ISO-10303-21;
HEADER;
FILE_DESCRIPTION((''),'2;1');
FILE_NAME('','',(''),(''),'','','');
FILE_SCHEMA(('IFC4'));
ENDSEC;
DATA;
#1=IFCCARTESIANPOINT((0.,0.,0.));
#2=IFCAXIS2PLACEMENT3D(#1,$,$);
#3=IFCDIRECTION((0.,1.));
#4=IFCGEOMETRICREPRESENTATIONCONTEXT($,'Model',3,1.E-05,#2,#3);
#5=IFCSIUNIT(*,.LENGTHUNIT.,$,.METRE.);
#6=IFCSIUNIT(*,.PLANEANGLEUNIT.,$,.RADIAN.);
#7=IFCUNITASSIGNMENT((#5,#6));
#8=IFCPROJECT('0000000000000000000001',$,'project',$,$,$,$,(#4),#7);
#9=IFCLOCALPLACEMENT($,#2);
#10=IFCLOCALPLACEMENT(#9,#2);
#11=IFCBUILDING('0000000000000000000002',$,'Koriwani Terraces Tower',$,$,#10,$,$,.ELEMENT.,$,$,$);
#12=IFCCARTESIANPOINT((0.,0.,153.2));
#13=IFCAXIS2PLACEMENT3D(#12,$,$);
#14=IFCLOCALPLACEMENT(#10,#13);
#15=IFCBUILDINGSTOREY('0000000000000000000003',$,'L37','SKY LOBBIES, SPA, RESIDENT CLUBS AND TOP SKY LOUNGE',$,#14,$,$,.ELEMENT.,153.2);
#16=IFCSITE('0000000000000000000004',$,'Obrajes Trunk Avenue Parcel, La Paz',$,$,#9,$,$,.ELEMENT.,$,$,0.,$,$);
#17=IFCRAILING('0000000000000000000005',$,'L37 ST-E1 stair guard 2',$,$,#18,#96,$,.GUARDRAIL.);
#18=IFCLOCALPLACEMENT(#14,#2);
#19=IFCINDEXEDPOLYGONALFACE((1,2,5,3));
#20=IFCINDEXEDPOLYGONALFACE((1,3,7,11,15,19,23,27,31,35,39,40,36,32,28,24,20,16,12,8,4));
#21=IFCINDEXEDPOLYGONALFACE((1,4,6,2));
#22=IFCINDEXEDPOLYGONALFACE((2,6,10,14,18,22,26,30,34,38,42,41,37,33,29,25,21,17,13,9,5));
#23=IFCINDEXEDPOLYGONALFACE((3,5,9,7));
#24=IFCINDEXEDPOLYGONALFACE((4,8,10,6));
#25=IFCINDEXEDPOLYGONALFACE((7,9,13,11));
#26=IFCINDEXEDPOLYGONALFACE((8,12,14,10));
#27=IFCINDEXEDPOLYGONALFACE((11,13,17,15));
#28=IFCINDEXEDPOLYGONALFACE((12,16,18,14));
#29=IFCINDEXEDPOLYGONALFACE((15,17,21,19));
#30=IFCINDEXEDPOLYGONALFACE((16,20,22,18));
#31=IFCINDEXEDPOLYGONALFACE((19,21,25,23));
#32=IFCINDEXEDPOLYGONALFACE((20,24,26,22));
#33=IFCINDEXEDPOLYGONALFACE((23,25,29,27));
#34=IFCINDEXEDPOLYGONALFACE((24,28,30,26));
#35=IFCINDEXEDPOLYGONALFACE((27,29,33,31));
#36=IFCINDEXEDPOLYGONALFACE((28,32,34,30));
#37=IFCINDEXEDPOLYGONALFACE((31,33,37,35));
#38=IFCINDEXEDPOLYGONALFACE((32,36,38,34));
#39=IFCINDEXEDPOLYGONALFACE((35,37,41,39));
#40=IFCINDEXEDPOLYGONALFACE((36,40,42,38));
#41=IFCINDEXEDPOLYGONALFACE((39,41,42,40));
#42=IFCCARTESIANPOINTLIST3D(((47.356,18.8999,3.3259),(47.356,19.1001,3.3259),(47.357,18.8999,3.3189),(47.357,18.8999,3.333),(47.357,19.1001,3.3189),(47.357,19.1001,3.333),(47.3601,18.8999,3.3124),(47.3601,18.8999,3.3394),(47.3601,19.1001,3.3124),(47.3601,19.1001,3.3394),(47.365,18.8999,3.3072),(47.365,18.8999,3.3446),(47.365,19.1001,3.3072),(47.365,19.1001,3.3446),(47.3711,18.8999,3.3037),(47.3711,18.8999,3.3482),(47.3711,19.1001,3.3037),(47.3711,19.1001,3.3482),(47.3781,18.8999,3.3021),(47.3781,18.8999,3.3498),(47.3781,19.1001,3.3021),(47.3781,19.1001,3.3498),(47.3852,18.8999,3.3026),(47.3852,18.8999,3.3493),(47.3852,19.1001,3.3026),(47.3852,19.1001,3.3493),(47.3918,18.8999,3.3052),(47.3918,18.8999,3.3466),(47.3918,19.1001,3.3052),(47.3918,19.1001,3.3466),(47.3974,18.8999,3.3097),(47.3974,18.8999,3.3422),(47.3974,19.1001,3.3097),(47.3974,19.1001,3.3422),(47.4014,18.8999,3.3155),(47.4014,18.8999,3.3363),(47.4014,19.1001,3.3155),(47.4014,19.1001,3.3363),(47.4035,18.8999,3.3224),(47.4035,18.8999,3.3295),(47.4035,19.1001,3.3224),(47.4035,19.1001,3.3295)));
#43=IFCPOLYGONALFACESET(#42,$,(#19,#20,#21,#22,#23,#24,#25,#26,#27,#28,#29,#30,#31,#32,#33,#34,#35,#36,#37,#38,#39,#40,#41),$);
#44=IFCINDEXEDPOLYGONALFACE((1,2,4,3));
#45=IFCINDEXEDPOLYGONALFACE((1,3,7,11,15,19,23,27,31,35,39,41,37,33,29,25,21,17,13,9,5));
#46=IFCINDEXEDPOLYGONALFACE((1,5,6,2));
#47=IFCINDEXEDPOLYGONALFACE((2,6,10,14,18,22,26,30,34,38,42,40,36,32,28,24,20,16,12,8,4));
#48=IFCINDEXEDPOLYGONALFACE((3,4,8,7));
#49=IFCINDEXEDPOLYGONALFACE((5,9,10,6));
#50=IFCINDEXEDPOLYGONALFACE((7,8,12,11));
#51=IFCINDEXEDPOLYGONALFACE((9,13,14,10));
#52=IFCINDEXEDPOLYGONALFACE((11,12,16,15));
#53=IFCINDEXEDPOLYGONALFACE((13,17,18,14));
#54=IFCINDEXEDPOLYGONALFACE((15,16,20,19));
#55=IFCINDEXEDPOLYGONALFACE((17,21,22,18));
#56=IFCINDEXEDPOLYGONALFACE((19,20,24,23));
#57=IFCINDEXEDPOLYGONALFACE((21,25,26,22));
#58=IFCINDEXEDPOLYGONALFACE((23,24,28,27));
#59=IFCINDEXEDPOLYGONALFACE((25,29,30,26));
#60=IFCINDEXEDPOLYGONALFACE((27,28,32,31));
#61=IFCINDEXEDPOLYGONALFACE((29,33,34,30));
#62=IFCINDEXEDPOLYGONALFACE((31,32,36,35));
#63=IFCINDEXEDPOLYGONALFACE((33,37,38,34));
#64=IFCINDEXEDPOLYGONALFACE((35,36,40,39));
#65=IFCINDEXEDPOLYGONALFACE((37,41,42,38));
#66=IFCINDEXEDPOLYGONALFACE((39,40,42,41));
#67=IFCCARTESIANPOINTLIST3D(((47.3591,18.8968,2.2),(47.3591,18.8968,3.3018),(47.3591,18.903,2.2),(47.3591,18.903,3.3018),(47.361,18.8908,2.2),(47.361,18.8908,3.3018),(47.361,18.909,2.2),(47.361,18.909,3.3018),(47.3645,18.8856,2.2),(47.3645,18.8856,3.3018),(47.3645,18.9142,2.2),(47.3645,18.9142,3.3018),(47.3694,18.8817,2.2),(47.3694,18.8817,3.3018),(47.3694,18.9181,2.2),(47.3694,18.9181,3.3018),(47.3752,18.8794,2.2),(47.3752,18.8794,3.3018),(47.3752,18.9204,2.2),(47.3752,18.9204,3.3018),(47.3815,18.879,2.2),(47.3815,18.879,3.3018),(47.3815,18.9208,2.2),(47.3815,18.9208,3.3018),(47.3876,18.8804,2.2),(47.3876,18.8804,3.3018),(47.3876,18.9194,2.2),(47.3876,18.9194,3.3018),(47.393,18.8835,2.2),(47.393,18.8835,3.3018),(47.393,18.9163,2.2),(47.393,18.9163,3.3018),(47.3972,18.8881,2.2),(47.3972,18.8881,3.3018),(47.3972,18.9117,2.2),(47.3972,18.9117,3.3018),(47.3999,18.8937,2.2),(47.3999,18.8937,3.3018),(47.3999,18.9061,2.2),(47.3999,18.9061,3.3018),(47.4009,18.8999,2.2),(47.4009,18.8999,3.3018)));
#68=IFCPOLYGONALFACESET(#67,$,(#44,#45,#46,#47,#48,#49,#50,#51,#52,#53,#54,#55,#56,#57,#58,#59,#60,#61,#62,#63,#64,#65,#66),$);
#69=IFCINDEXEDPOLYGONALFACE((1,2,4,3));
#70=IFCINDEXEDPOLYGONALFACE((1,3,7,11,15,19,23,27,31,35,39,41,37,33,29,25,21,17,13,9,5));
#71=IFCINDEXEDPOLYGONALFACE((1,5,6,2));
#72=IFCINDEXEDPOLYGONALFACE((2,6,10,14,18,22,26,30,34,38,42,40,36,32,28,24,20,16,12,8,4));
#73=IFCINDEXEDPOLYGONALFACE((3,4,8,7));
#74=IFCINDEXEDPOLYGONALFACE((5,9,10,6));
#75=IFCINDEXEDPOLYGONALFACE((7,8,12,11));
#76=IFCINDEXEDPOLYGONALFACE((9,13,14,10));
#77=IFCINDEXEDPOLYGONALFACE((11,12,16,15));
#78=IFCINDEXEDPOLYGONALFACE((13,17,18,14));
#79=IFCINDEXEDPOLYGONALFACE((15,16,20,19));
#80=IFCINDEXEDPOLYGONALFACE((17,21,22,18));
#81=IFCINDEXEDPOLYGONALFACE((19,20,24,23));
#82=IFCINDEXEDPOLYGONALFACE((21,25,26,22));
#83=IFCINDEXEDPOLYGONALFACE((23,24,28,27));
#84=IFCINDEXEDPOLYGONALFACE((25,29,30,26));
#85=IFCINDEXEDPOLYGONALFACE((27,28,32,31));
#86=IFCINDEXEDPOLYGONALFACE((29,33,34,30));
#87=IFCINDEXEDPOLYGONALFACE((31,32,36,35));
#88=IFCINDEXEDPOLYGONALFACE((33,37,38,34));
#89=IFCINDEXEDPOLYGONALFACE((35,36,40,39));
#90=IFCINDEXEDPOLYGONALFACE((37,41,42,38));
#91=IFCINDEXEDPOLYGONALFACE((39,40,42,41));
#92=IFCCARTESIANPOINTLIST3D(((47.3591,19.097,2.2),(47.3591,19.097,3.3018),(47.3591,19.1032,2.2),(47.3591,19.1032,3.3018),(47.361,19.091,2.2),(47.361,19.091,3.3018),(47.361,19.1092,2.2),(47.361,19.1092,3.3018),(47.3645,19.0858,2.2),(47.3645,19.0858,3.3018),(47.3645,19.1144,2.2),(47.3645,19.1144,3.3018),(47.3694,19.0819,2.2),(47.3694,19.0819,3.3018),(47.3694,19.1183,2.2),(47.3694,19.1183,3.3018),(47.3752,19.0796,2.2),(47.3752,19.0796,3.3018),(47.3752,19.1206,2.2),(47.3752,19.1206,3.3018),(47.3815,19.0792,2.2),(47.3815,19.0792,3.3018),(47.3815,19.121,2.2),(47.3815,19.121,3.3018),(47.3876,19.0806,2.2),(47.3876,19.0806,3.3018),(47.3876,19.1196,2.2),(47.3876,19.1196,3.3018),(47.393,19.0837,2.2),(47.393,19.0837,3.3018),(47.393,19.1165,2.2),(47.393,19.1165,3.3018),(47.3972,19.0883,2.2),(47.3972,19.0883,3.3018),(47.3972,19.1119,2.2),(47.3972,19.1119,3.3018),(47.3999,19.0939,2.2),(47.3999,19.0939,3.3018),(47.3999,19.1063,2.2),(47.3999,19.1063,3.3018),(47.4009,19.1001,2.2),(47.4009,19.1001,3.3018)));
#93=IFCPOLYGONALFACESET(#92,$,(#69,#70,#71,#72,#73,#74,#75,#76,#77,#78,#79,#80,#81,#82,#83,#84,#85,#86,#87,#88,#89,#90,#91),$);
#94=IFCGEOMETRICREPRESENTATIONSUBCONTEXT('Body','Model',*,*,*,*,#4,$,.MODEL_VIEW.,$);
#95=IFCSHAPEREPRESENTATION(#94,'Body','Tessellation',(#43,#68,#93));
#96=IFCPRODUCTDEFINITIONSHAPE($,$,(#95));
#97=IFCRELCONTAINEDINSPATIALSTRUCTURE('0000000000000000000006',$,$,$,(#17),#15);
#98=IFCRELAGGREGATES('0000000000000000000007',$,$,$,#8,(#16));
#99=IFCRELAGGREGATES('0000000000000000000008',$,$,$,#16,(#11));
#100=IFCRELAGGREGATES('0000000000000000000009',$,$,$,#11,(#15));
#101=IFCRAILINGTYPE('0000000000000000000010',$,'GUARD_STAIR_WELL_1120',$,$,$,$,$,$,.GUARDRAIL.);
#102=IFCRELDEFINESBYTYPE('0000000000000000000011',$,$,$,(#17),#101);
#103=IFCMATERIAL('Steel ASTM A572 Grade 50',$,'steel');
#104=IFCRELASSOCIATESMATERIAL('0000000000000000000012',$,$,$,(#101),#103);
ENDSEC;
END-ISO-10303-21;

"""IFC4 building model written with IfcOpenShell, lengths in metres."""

from ifc_helpers import new_model, si_unit, direction, frame, origin, origin_2d, place, context, subcontext, project, spatial, circle, extrude, material, type_object, element, save


model = new_model("IFC4")

# Units and contexts
model_context = context("Model", 3, precision=1e-05, world=origin(), true_north=direction((0.0, 1.0)))
body_context = subcontext(model_context, "Body", "Model", "MODEL_VIEW")
ifc_project = project(units=[si_unit("LENGTHUNIT", "METRE"), si_unit("PLANEANGLEUNIT", "RADIAN")], contexts=[model_context])

# Site, building, storey
site_placement = place(None, origin())
site = spatial("IfcSite", under=ifc_project, at=site_placement, Name="Obrajes Trunk Avenue Parcel, La Paz", CompositionType="ELEMENT", RefElevation=0.0)
building_placement = place(site_placement, origin())
building = spatial("IfcBuilding", under=site, at=building_placement, Name="Koriwani Terraces Tower", CompositionType="ELEMENT")
storey_placement = place(building_placement, frame((0.0, 0.0, 153.2)))
storey = spatial("IfcBuildingStorey", under=building, at=storey_placement, Name="L37", Description="SKY LOBBIES, SPA, RESIDENT CLUBS AND TOP SKY LOUNGE", CompositionType="ELEMENT", Elevation=153.2)

# Shared definitions
ifc_material_1 = material(Name="Steel ASTM A572 Grade 50", Category="steel")

# Railing
railing_type_1 = type_object("IfcRailingType", Name="GUARD_STAIR_WELL_1120", PredefinedType="GUARDRAIL", material=ifc_material_1)
railing_1_placement = place(storey_placement, frame((47.3799, 18.8999, 2.2)))
element("IfcRailing", 1, at=railing_1_placement, inside=storey, type_object=railing_type_1, Name="L37 ST-E1 stair guard 2", PredefinedType="GUARDRAIL", context=body_context, shape_type="SweptSolid", body=[
    extrude(circle(Radius=0.0239, at=origin_2d()), frame((0.0, 0.0, 1.126), z_axis=(0.0, 1.0, 0.0), x_axis=(-1.0, 0.0, 0.0)), (0.0, 0.0, 1.0), 0.2002),
    extrude(circle(Radius=0.021, at=origin_2d()), origin(), (0.0, 0.0, 1.0), 1.1018),
    extrude(circle(Radius=0.021, at=origin_2d()), frame((0.0, 0.2002, 0.0)), (0.0, 0.0, 1.0), 1.1018),
])

save(model, "model.ifc")
